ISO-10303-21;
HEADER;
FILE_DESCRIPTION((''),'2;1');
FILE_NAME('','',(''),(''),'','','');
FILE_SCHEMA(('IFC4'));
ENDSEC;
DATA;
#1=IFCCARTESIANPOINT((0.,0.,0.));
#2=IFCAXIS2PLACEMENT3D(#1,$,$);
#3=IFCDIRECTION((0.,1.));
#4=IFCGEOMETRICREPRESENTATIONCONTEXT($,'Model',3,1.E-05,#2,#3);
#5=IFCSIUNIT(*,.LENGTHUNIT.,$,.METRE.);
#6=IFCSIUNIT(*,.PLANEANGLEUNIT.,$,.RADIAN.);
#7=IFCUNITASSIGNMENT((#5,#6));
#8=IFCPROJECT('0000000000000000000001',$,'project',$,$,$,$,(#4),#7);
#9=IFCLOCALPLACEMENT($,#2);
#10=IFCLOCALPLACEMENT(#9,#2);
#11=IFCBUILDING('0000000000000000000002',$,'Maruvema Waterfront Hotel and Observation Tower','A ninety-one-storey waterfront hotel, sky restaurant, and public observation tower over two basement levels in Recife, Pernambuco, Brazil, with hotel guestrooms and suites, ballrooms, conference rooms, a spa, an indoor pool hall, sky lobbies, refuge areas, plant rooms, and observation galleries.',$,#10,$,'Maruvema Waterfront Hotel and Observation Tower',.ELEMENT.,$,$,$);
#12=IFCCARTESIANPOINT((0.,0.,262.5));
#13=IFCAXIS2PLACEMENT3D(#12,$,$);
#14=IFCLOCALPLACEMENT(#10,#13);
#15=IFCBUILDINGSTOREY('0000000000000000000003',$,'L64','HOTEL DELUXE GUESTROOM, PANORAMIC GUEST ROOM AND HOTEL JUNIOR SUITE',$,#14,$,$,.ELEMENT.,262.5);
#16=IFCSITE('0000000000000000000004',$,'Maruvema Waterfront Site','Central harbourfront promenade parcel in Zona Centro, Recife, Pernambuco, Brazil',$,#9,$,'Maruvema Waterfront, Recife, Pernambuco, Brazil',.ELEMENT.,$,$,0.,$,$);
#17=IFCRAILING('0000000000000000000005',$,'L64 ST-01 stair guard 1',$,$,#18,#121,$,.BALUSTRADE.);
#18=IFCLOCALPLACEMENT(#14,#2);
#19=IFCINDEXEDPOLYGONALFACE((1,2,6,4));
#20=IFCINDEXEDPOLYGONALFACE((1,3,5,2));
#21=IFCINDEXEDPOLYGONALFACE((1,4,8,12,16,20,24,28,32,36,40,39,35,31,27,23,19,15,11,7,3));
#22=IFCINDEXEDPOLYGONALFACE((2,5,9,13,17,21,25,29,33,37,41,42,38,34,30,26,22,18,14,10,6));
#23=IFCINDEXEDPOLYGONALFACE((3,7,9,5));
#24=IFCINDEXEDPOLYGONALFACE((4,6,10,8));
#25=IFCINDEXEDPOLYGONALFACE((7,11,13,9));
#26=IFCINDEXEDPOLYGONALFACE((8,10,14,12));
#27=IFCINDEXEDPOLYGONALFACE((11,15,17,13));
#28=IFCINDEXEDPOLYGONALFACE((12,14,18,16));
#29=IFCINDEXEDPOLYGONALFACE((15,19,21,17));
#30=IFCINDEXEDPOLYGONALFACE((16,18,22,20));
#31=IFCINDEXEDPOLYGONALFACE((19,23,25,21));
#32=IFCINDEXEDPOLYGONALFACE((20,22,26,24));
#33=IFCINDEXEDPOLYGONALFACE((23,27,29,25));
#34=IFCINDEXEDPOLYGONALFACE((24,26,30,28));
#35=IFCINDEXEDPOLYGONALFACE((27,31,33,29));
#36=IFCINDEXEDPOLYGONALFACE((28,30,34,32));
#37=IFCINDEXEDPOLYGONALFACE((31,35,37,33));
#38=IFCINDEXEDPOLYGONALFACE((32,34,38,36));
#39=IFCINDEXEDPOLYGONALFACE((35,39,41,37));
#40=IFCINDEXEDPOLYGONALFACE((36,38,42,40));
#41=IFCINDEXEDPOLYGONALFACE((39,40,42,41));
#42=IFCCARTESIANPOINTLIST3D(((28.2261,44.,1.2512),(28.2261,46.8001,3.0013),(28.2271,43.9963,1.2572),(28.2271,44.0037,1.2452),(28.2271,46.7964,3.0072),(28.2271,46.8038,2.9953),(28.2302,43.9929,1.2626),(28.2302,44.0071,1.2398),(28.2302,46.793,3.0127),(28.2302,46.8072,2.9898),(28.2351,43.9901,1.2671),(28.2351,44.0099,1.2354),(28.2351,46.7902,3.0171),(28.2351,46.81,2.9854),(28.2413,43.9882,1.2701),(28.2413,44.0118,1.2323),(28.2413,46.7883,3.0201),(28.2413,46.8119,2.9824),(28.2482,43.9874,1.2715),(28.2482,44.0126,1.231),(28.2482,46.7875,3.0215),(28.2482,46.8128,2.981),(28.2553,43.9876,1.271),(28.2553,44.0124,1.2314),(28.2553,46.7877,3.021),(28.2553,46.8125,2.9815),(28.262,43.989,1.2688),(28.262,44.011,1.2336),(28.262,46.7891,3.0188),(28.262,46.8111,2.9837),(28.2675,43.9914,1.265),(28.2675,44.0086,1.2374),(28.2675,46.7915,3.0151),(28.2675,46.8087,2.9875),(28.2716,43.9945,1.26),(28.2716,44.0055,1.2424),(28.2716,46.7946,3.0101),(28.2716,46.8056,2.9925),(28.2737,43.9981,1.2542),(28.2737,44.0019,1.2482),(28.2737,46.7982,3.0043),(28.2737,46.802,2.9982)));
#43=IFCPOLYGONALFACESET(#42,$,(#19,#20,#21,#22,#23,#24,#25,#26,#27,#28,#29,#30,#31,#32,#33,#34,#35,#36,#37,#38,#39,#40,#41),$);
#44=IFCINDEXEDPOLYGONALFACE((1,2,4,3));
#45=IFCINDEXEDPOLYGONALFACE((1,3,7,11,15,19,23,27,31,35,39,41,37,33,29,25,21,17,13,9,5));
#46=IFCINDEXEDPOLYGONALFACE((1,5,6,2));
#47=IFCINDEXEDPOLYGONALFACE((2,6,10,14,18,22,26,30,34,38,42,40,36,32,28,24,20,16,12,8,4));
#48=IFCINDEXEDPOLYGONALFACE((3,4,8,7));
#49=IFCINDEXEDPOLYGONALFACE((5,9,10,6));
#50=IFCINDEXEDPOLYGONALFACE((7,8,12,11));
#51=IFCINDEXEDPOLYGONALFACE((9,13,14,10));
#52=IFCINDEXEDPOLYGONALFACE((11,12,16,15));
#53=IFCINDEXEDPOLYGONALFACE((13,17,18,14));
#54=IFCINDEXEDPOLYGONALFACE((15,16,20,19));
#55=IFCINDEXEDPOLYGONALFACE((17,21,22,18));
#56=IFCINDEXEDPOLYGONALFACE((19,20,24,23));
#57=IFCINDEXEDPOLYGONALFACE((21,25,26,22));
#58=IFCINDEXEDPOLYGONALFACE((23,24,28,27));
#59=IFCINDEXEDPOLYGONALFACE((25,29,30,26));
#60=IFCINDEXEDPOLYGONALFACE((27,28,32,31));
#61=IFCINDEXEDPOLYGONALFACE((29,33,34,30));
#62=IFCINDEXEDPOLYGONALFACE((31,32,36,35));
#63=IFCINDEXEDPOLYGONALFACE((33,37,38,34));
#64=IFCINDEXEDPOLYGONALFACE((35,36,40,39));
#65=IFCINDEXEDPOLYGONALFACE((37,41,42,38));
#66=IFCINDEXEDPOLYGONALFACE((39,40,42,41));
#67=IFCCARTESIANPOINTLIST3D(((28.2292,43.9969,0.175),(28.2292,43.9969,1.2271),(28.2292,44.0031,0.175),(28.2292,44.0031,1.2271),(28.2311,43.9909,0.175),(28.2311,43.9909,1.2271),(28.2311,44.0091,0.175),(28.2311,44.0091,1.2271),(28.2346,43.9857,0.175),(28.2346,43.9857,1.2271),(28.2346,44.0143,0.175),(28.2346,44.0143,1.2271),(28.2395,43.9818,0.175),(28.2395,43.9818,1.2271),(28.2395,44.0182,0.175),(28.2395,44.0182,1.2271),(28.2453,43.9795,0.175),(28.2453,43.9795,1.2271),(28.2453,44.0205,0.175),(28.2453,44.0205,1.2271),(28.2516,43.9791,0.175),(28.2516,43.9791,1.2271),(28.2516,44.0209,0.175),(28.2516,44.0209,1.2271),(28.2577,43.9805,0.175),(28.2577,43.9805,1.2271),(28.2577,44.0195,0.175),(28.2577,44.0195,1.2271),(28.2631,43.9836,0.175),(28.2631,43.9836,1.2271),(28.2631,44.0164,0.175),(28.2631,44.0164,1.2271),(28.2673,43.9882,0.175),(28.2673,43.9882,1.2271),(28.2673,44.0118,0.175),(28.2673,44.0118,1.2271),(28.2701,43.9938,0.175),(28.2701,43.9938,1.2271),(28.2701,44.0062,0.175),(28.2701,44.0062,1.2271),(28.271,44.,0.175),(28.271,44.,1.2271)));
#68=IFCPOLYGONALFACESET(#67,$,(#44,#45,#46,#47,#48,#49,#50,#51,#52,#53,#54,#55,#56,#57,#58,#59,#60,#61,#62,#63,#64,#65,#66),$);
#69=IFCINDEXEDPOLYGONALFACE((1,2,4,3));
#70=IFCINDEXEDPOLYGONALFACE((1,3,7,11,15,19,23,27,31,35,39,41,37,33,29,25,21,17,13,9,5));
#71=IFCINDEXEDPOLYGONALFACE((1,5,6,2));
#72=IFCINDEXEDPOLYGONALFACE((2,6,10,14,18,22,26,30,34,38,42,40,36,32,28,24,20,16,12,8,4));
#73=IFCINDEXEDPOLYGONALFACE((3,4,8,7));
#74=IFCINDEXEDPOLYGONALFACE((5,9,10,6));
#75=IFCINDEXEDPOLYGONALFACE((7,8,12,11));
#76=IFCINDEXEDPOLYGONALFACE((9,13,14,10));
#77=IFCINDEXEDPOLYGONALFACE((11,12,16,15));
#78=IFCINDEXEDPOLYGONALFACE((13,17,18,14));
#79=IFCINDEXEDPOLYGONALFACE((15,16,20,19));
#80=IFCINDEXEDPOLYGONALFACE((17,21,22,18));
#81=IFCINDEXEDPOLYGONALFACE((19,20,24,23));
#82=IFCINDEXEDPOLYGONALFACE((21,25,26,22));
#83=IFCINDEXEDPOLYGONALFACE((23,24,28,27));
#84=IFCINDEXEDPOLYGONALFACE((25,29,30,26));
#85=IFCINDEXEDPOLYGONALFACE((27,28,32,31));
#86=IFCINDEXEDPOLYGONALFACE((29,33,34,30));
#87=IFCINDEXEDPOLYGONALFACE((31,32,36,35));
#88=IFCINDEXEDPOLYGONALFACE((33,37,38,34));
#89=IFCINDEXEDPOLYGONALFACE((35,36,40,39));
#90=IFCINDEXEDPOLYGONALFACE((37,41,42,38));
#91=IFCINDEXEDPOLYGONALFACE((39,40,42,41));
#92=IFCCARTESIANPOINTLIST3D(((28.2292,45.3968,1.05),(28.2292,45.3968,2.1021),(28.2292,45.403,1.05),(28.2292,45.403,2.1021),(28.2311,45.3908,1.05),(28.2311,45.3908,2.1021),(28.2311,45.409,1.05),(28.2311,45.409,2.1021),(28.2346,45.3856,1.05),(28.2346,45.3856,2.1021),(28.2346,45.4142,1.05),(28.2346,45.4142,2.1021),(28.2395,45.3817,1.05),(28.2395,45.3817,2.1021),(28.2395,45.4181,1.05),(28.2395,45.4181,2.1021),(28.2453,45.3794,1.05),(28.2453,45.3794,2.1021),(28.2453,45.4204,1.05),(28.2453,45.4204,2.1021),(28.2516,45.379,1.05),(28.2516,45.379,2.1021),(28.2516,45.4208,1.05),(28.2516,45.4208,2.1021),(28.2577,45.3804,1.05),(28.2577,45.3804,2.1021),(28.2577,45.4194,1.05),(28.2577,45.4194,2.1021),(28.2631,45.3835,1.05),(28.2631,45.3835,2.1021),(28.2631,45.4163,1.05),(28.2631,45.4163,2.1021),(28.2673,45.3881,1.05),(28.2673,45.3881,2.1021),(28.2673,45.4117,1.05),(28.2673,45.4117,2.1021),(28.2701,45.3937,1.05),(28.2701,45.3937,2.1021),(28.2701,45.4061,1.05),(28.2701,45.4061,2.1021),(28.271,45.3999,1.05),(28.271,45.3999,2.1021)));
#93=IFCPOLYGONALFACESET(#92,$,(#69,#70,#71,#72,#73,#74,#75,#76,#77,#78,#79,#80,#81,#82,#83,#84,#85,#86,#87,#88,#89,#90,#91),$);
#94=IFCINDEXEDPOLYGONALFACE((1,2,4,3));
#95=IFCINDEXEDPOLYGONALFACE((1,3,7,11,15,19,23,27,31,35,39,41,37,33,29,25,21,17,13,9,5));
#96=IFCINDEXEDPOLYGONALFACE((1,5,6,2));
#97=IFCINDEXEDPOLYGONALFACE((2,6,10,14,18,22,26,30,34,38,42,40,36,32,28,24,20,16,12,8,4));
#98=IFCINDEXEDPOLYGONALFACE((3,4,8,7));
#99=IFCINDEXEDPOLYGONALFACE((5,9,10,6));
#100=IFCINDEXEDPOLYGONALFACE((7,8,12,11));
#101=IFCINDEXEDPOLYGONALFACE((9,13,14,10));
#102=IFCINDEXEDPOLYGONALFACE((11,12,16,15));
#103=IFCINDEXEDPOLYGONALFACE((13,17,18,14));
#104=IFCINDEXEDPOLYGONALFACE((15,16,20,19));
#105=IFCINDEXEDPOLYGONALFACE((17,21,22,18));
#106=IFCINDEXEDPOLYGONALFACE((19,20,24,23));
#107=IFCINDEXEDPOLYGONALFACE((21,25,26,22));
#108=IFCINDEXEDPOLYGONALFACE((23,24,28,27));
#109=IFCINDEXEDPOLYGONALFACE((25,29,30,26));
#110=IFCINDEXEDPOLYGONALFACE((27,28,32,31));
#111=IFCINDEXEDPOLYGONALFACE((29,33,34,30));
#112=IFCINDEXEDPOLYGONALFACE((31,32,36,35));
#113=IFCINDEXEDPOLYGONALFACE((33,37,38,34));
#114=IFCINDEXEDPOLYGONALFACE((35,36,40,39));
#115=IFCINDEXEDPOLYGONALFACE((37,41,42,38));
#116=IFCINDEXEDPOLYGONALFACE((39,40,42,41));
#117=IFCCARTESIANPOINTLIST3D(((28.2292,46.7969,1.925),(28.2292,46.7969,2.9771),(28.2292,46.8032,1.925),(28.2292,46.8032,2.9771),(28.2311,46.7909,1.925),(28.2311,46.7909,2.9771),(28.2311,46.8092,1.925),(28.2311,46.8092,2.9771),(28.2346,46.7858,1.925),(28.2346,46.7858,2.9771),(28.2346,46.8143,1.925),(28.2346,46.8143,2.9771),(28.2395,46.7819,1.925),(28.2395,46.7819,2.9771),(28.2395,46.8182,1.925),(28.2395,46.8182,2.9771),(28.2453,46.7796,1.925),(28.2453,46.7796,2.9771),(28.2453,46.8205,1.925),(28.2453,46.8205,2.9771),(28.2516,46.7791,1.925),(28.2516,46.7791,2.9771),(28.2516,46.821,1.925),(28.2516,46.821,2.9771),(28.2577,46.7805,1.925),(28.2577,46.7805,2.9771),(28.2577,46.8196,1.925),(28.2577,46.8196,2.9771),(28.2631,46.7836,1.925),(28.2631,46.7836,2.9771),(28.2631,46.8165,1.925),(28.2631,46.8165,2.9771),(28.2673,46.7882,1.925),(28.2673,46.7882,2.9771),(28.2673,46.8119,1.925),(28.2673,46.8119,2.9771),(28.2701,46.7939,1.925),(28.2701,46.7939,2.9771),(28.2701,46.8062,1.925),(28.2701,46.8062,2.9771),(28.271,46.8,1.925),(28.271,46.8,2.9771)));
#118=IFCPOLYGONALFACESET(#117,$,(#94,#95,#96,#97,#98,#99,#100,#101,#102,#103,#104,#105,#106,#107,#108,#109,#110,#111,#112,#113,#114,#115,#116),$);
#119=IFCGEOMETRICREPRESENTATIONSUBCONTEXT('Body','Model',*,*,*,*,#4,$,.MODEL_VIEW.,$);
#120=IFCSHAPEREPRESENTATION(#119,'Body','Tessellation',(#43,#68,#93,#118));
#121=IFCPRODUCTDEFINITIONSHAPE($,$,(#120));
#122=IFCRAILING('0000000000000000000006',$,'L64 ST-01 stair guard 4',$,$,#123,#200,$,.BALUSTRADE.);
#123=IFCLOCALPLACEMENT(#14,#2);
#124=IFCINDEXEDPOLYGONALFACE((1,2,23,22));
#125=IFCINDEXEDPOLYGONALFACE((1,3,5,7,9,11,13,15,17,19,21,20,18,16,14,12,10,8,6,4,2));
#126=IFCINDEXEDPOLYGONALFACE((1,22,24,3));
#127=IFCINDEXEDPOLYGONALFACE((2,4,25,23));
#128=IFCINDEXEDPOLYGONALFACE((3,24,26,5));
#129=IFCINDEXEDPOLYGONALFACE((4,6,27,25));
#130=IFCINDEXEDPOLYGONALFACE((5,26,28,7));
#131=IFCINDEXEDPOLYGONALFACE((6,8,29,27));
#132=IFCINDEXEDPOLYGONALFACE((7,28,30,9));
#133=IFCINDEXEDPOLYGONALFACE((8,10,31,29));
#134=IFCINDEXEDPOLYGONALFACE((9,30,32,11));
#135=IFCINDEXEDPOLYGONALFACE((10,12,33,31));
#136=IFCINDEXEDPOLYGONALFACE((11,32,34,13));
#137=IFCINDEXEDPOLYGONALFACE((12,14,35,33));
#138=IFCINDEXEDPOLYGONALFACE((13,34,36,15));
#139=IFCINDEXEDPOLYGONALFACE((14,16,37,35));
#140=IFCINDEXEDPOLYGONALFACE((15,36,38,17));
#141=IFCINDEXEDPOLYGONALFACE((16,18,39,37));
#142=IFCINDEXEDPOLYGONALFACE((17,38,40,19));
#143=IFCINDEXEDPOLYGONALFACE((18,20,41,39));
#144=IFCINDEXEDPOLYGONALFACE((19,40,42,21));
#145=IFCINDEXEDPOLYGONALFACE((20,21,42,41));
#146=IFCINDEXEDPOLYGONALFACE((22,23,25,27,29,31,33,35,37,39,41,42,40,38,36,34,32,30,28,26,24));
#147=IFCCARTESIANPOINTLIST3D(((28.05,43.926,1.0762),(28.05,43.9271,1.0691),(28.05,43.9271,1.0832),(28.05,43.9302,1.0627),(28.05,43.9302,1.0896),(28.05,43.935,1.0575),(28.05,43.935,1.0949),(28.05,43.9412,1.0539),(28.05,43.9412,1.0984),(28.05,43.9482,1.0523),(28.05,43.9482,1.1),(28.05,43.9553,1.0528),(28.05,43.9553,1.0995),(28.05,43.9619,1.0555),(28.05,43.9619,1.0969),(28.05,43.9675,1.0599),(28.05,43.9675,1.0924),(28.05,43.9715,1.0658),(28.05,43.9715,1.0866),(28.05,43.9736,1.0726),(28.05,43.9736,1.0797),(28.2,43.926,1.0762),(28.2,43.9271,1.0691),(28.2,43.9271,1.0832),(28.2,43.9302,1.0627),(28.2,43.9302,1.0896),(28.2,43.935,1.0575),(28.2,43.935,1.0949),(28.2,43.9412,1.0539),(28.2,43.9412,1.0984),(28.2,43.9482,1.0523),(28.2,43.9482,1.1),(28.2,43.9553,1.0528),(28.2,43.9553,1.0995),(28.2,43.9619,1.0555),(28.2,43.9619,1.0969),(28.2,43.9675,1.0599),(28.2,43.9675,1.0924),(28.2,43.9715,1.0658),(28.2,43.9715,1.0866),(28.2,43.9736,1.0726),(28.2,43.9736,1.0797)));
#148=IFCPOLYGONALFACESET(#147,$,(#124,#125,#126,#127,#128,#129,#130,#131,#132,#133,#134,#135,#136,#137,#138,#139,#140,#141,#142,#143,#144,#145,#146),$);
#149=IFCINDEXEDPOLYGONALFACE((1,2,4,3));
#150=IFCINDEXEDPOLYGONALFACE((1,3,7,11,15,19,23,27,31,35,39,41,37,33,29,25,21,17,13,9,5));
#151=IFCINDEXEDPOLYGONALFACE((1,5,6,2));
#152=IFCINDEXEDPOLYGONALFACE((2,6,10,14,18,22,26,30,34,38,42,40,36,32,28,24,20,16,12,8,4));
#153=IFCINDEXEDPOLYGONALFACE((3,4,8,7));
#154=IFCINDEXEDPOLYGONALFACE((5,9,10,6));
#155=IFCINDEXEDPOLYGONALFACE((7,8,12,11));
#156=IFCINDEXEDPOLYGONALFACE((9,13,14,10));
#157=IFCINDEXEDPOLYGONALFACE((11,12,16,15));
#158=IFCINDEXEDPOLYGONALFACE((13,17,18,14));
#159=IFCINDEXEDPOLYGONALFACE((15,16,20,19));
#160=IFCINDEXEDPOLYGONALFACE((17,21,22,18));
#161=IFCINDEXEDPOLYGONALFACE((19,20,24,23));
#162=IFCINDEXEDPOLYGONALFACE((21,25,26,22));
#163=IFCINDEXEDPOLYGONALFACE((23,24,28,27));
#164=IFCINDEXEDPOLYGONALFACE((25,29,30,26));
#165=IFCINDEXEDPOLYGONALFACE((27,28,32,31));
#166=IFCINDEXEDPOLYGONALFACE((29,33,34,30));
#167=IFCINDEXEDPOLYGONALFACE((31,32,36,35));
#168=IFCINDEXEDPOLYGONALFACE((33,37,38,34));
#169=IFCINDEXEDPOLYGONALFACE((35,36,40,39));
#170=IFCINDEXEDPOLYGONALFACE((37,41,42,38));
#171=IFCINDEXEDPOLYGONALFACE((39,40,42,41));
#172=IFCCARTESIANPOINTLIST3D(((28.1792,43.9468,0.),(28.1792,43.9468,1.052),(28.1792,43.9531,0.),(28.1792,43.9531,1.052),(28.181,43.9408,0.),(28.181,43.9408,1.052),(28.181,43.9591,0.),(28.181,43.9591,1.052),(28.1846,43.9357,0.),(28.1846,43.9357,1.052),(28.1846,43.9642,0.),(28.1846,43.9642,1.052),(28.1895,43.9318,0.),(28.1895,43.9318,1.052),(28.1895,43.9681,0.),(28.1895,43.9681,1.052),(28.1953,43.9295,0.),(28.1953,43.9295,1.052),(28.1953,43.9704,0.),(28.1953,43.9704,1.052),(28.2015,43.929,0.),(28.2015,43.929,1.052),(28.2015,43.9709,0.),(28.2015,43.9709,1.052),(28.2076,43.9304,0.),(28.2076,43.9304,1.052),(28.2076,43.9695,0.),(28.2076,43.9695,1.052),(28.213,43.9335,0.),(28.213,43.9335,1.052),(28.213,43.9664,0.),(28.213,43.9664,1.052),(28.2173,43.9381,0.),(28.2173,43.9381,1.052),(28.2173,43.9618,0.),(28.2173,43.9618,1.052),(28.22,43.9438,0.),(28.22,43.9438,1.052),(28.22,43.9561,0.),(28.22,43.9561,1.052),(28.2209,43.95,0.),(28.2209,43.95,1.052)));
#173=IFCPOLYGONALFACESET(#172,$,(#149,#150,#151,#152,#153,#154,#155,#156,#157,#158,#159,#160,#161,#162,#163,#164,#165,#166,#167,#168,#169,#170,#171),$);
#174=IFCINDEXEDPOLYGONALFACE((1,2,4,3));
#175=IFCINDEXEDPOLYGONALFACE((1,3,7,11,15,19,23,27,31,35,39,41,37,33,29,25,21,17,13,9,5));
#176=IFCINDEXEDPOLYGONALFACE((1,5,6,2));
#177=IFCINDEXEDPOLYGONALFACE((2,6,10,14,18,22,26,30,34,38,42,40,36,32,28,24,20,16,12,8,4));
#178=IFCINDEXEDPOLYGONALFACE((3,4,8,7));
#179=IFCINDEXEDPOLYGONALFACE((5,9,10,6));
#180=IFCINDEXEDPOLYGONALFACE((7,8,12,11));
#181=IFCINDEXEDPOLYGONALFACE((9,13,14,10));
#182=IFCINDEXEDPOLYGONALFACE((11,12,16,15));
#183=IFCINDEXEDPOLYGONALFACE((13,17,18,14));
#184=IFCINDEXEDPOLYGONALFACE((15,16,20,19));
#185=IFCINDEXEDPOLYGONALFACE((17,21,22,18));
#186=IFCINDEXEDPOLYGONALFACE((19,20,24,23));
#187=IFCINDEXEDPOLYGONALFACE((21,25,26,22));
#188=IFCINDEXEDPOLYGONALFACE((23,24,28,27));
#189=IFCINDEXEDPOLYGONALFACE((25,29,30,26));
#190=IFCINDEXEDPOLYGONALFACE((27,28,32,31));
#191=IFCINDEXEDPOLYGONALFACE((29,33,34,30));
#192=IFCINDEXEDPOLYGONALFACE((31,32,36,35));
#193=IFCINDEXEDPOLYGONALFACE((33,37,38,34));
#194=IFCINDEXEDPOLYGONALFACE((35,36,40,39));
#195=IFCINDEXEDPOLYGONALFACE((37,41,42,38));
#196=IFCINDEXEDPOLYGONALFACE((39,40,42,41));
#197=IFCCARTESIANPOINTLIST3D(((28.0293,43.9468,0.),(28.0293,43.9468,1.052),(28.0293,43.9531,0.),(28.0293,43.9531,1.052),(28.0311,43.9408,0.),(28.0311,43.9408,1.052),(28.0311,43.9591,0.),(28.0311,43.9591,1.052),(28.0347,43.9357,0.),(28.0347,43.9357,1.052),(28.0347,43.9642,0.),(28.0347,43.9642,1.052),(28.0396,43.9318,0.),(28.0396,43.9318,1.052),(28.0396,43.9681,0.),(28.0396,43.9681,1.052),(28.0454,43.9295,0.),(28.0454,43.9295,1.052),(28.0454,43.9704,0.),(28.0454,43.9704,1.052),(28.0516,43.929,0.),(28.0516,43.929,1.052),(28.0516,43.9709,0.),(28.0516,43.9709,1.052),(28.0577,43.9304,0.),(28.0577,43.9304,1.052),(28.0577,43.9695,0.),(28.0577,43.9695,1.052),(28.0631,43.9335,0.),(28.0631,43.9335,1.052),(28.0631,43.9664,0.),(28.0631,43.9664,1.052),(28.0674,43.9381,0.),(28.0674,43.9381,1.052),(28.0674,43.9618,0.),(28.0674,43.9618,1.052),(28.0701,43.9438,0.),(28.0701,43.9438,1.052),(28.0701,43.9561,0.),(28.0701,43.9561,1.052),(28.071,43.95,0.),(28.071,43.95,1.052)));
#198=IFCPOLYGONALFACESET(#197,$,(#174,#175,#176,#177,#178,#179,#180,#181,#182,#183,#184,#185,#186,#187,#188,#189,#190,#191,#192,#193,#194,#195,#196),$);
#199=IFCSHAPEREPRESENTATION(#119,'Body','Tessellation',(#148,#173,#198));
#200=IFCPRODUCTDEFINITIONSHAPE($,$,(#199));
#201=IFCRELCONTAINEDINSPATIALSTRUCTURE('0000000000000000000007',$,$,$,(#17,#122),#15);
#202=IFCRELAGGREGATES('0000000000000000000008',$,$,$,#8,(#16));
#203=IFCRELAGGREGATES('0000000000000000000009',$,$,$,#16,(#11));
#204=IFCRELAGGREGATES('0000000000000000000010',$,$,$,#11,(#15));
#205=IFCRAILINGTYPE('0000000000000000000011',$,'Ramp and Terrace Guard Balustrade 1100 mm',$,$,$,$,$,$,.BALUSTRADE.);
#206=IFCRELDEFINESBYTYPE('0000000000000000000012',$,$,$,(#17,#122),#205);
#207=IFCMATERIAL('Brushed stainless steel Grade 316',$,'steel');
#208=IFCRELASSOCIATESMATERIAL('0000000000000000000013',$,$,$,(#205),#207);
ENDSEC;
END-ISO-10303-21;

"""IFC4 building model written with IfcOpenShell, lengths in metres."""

from ifc_helpers import new_model, si_unit, direction, frame, origin, origin_2d, place, context, subcontext, project, spatial, circle, extrude, material, type_object, element, save


model = new_model("IFC4")

# Units and contexts
model_context = context("Model", 3, precision=1e-05, world=origin(), true_north=direction((0.0, 1.0)))
body_context = subcontext(model_context, "Body", "Model", "MODEL_VIEW")
ifc_project = project(units=[si_unit("LENGTHUNIT", "METRE"), si_unit("PLANEANGLEUNIT", "RADIAN")], contexts=[model_context])

# Site, building, storey
site_placement = place(None, origin())
site = spatial("IfcSite", under=ifc_project, at=site_placement, Name="Maruvema Waterfront Site", Description="Central harbourfront promenade parcel in Zona Centro, Recife, Pernambuco, Brazil", LongName="Maruvema Waterfront, Recife, Pernambuco, Brazil", CompositionType="ELEMENT", RefElevation=0.0)
building_placement = place(site_placement, origin())
building = spatial("IfcBuilding", under=site, at=building_placement, Name="Maruvema Waterfront Hotel and Observation Tower", Description="A ninety-one-storey waterfront hotel, sky restaurant, and public observation tower over two basement levels in Recife, Pernambuco, Brazil, with hotel guestrooms and suites, ballrooms, conference rooms, a spa, an indoor pool hall, sky lobbies, refuge areas, plant rooms, and observation galleries.", LongName="Maruvema Waterfront Hotel and Observation Tower", CompositionType="ELEMENT")
storey_placement = place(building_placement, frame((0.0, 0.0, 262.5)))
storey = spatial("IfcBuildingStorey", under=building, at=storey_placement, Name="L64", Description="HOTEL DELUXE GUESTROOM, PANORAMIC GUEST ROOM AND HOTEL JUNIOR SUITE", CompositionType="ELEMENT", Elevation=262.5)

# Railings
ifc_material_1 = material(Name="Brushed stainless steel Grade 316", Category="steel")
railing_type_1 = type_object("IfcRailingType", Name="Ramp and Terrace Guard Balustrade 1100 mm", PredefinedType="BALUSTRADE", material=ifc_material_1)
railing_1_placement = place(storey_placement, frame((28.25, 44.0, 0.175)))
element("IfcRailing", 1, at=railing_1_placement, inside=storey, type_object=railing_type_1, Name="L64 ST-01 stair guard 1", PredefinedType="BALUSTRADE", context=body_context, shape_type="SweptSolid", body=[
    extrude(circle(Radius=0.0239, at=origin_2d()), frame((0.0, 0.0, 1.0762), z_axis=(0.0, 0.848002, 0.529992), x_axis=(-1.0, 0.0, 0.0)), (0.0, 0.0, 1.0), 3.302),
    extrude(circle(Radius=0.021, at=origin_2d()), origin(), (0.0, 0.0, 1.0), 1.052),
    extrude(circle(Radius=0.021, at=origin_2d()), frame((0.0, 1.3999, 0.875)), (0.0, 0.0, 1.0), 1.052),
    extrude(circle(Radius=0.021, at=origin_2d()), frame((0.0, 2.8, 1.75)), (0.0, 0.0, 1.0), 1.052),
])
railing_2_placement = place(storey_placement, frame((28.2, 43.95, 0.0)))
element("IfcRailing", 2, at=railing_2_placement, inside=storey, type_object=railing_type_1, Name="L64 ST-01 stair guard 4", PredefinedType="BALUSTRADE", context=body_context, shape_type="SweptSolid", body=[
    extrude(circle(Radius=0.0239, at=origin_2d()), frame((0.0, 0.0, 1.0762), z_axis=(-1.0, 0.0, 0.0), x_axis=(0.0, -1.0, 0.0)), (0.0, 0.0, 1.0), 0.1499),
    extrude(circle(Radius=0.021, at=origin_2d()), origin(), (0.0, 0.0, 1.0), 1.052),
    extrude(circle(Radius=0.021, at=origin_2d()), frame((-0.1499, 0.0, 0.0)), (0.0, 0.0, 1.0), 1.052),
])

save(model, "model.ifc")
